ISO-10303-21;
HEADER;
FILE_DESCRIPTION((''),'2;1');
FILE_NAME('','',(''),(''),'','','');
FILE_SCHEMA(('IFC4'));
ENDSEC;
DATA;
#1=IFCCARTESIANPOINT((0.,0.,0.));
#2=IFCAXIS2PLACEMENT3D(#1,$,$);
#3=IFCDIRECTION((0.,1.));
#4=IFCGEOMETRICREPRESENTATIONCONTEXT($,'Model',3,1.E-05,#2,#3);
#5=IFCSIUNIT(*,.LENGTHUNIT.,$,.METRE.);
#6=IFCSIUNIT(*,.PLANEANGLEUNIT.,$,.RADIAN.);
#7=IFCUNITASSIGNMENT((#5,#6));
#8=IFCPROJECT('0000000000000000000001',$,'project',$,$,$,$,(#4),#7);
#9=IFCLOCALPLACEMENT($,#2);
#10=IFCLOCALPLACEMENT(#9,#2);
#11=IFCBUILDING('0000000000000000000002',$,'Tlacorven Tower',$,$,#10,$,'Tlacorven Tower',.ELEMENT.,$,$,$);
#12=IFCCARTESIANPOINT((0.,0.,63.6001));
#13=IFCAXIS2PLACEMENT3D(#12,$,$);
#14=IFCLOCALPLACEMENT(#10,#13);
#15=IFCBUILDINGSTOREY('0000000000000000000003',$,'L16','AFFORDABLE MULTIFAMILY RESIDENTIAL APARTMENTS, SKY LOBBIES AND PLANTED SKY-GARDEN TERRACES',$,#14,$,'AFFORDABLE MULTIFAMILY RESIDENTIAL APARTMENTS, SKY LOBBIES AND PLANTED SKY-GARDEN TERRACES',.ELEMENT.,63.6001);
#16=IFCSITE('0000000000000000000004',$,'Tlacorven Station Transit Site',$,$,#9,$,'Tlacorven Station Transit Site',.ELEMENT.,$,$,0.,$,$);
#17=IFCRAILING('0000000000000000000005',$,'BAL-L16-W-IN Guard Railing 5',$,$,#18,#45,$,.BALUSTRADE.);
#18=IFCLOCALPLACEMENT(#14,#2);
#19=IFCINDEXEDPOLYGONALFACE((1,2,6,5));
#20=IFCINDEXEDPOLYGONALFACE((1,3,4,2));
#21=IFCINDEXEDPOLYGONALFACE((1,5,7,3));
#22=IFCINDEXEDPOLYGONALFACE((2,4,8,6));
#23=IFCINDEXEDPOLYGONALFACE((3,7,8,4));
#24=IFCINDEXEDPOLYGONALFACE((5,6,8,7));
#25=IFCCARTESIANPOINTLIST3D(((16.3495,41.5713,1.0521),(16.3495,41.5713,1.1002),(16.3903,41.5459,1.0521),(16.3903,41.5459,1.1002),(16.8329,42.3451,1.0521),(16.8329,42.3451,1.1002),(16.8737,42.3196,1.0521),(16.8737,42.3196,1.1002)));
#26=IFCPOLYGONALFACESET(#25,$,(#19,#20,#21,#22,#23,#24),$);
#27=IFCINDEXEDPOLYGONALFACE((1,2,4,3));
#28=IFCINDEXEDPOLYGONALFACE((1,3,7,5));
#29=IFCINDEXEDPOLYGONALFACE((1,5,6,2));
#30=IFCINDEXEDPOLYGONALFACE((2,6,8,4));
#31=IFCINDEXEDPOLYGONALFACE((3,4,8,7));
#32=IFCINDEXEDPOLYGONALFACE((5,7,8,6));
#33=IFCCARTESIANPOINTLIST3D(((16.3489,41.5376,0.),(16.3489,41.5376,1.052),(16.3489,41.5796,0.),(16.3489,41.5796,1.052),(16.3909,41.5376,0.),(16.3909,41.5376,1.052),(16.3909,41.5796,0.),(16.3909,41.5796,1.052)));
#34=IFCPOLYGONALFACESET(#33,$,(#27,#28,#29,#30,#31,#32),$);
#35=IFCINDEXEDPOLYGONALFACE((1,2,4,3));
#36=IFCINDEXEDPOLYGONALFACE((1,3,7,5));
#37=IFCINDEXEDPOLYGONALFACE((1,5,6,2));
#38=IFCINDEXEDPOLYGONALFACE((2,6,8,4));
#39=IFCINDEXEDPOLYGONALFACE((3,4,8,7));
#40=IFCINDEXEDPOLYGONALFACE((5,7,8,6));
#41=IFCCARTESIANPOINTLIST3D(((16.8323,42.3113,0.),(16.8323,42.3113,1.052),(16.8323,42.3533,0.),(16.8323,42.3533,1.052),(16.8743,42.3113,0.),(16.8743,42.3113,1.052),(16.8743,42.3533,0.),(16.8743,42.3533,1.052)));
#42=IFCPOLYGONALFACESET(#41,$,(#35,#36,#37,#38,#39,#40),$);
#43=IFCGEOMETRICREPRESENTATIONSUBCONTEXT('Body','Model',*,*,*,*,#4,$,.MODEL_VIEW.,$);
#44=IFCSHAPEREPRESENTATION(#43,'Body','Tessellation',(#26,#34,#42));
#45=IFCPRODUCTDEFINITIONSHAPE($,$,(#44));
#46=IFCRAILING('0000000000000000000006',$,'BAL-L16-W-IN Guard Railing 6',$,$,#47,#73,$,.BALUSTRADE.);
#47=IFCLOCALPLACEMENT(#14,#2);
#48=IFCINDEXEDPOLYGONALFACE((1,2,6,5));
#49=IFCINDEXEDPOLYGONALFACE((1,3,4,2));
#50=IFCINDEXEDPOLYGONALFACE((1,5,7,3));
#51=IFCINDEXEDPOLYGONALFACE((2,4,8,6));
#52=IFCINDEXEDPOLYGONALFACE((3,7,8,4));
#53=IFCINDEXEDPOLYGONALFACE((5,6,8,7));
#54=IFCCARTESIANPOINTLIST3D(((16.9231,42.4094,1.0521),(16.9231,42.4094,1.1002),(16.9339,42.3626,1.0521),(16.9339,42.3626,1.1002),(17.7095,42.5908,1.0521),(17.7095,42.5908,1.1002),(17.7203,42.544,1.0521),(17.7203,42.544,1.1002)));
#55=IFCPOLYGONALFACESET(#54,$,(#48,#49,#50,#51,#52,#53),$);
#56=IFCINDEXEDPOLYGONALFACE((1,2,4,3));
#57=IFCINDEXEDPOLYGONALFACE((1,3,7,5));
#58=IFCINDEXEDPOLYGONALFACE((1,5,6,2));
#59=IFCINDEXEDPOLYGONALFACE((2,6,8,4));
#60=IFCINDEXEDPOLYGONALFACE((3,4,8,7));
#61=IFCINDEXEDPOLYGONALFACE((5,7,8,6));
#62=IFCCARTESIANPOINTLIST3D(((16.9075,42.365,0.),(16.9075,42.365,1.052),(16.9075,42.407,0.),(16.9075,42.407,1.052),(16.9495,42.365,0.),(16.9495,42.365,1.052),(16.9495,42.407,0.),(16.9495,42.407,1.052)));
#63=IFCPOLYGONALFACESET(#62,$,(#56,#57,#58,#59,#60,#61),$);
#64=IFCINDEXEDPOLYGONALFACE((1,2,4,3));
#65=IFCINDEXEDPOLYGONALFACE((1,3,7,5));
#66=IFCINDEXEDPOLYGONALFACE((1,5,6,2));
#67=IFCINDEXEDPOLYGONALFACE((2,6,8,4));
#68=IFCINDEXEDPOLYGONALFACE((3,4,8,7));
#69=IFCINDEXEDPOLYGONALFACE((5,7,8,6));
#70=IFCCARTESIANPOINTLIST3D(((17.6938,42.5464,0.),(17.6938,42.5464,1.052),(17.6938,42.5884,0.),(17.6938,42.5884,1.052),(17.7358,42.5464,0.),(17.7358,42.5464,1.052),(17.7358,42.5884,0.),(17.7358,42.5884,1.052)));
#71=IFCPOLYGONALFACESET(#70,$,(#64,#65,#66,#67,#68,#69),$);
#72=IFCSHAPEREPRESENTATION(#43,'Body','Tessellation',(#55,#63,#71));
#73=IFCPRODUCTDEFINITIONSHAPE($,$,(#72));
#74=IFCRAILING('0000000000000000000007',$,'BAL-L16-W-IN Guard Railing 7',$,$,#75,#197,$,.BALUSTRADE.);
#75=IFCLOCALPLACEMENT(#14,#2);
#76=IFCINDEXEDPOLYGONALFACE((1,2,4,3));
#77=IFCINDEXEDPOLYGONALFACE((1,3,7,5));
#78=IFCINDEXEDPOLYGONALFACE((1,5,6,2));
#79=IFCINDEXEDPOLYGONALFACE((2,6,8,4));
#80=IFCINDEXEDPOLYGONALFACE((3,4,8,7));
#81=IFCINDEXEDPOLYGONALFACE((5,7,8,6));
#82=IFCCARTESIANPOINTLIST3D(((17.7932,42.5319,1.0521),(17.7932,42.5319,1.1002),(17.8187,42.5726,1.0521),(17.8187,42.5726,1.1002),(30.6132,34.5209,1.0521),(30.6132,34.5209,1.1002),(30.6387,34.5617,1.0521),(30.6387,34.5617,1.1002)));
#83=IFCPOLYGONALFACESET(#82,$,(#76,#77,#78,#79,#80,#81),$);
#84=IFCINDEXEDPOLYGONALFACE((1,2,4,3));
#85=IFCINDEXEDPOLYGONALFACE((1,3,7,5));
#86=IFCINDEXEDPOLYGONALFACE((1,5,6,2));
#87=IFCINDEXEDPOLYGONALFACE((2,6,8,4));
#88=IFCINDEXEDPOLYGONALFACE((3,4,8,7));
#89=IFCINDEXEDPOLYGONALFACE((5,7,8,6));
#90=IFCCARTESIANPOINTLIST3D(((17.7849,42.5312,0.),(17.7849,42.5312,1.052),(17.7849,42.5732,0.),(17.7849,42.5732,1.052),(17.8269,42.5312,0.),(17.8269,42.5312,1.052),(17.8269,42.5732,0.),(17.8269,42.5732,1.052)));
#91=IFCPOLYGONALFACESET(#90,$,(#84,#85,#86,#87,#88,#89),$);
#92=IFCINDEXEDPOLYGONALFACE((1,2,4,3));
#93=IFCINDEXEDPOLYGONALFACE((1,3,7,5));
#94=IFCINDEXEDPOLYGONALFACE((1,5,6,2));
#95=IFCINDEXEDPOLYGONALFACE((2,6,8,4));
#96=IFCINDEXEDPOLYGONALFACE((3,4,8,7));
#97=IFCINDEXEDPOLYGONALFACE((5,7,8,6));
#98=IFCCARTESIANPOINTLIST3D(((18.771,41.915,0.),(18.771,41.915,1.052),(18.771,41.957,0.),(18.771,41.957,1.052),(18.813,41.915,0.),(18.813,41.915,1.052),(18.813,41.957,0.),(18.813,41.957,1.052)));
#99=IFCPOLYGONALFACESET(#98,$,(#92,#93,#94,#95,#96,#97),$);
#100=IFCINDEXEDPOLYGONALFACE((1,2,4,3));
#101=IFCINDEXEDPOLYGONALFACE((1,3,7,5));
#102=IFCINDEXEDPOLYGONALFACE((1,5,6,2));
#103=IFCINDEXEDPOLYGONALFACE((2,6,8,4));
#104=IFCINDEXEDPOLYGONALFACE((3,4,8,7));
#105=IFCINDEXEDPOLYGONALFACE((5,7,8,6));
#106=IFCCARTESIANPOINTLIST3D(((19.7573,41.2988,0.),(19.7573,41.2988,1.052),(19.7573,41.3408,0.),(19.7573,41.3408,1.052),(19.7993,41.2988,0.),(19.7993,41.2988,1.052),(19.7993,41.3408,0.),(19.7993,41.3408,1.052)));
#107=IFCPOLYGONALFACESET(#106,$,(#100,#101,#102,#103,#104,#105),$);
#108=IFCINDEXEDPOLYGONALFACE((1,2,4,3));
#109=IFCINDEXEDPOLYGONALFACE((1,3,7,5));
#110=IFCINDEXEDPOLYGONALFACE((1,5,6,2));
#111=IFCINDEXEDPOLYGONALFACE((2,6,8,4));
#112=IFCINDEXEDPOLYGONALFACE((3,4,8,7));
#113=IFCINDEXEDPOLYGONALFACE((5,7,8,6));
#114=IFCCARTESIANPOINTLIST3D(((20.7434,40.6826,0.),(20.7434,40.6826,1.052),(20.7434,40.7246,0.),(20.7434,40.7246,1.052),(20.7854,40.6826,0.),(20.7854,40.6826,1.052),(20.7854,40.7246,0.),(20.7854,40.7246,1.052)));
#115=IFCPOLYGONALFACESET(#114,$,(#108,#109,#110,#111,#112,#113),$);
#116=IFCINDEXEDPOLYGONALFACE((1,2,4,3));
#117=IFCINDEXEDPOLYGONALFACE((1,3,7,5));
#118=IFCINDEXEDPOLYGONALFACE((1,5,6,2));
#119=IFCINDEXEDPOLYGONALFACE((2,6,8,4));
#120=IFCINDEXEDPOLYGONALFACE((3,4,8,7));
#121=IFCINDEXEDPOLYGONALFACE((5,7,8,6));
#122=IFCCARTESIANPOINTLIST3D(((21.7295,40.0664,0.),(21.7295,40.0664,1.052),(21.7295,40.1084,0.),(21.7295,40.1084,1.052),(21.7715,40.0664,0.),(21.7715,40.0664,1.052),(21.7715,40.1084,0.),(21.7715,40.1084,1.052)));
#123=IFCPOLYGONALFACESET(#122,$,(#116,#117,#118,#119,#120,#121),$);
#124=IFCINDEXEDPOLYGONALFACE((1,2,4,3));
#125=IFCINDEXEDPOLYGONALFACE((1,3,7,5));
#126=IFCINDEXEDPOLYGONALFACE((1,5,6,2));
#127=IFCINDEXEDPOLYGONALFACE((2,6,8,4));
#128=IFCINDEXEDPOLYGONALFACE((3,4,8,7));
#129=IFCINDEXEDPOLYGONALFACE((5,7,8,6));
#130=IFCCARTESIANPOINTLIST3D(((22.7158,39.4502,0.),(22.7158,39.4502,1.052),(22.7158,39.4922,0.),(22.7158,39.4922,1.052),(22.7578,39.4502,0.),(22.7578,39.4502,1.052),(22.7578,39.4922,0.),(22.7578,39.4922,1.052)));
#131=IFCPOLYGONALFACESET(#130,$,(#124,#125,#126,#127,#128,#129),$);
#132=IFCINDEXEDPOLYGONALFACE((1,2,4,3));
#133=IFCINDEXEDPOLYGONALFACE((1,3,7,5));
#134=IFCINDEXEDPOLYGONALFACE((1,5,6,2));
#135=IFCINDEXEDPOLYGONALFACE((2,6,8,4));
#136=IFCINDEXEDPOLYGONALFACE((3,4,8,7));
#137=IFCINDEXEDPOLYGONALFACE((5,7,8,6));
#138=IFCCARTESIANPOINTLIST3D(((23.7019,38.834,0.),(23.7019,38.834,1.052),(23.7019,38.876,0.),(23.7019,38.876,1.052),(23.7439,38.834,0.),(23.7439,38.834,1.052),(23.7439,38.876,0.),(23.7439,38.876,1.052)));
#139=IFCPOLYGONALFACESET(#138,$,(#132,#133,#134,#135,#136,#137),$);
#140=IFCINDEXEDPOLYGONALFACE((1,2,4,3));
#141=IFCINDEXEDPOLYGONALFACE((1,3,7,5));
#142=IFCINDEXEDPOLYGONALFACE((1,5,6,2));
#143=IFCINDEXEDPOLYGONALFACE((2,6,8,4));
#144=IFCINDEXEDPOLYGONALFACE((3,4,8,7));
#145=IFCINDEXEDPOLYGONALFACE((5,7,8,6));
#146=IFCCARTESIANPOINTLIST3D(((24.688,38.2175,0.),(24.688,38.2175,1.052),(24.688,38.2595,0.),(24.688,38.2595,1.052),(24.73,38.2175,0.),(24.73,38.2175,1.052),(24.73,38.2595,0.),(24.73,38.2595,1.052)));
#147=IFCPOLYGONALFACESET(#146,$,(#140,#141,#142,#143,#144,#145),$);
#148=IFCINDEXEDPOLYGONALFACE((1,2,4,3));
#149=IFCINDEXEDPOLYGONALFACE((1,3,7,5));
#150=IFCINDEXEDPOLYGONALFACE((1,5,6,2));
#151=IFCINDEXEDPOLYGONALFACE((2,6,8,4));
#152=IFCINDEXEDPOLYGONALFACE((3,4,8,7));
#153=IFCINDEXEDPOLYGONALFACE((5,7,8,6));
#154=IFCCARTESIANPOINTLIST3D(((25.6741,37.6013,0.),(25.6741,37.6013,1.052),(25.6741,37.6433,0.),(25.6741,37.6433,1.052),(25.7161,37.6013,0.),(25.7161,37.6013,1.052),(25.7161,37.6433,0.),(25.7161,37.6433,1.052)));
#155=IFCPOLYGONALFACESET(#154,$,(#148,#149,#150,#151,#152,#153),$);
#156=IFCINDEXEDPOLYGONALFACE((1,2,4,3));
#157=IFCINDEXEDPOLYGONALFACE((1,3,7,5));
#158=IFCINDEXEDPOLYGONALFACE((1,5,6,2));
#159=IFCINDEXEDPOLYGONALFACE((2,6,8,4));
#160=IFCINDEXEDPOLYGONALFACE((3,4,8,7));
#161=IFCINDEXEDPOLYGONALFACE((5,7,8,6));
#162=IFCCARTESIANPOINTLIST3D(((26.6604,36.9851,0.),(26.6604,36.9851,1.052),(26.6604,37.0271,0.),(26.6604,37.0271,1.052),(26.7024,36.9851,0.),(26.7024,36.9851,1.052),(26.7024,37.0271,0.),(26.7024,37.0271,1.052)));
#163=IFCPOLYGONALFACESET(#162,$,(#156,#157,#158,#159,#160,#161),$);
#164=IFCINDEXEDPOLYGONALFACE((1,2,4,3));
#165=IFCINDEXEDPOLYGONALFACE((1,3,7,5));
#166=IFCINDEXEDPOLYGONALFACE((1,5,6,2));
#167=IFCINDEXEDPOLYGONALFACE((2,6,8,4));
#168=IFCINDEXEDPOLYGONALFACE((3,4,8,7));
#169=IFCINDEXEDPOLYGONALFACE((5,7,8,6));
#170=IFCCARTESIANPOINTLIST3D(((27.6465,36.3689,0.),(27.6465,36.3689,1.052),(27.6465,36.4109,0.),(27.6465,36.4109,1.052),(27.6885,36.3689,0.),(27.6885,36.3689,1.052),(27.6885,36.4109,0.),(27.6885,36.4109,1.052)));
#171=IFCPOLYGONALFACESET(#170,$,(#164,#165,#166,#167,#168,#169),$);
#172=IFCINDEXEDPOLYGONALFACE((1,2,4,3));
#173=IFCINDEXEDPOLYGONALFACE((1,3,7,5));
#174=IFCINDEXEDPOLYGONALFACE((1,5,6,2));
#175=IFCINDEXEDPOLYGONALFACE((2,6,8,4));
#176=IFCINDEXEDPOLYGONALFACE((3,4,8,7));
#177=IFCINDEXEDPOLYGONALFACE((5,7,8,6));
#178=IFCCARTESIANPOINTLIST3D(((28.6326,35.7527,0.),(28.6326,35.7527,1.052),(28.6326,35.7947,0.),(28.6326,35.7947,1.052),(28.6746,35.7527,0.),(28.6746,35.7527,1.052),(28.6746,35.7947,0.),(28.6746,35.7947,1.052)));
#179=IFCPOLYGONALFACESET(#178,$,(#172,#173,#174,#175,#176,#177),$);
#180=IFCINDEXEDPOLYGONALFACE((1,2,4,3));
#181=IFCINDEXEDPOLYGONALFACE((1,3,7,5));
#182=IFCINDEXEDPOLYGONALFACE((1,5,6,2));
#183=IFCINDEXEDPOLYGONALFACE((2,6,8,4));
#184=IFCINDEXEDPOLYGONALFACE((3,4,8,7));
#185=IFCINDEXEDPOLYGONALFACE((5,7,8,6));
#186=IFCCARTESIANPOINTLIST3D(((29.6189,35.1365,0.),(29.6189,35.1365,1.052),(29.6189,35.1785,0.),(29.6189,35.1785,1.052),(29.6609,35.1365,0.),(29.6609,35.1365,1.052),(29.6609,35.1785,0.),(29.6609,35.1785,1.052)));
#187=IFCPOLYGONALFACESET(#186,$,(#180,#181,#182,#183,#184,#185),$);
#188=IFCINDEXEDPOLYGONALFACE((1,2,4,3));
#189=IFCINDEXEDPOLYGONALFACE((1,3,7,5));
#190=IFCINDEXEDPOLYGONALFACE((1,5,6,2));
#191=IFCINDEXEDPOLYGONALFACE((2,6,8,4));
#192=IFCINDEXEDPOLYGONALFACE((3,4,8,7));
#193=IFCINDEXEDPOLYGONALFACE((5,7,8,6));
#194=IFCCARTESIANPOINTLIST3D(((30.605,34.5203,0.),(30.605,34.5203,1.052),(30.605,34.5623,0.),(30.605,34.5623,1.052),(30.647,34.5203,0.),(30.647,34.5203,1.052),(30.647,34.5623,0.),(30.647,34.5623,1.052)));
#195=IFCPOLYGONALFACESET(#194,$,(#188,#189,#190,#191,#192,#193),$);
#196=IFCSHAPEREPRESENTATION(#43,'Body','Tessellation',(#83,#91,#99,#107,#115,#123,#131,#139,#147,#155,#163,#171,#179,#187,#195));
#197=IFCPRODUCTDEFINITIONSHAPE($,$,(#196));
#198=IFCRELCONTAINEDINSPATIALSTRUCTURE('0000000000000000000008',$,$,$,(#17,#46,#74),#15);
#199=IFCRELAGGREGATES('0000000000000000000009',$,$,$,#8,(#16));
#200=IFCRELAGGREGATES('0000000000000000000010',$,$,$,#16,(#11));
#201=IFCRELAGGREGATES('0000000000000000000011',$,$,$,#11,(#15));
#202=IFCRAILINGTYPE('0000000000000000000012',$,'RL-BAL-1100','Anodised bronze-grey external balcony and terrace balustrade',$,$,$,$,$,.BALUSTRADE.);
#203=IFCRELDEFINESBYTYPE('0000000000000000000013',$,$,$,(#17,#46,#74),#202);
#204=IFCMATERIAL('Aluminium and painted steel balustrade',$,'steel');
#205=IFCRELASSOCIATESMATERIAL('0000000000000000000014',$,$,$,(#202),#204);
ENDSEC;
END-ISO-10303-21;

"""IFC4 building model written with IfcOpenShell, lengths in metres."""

from ifc_helpers import new_model, si_unit, direction, frame, origin, origin_2d, place, context, subcontext, project, spatial, rectangle, extrude, source, transform, mapped, material, type_object, element, save


model = new_model("IFC4")

# Units and contexts
model_context = context("Model", 3, precision=1e-05, world=origin(), true_north=direction((0.0, 1.0)))
body_context = subcontext(model_context, "Body", "Model", "MODEL_VIEW")
ifc_project = project(units=[si_unit("LENGTHUNIT", "METRE"), si_unit("PLANEANGLEUNIT", "RADIAN")], contexts=[model_context])

# Site, building, storey
site_placement = place(None, origin())
site = spatial("IfcSite", under=ifc_project, at=site_placement, Name="Tlacorven Station Transit Site", LongName="Tlacorven Station Transit Site", CompositionType="ELEMENT", RefElevation=0.0)
building_placement = place(site_placement, origin())
building = spatial("IfcBuilding", under=site, at=building_placement, Name="Tlacorven Tower", LongName="Tlacorven Tower", CompositionType="ELEMENT")
storey_placement = place(building_placement, frame((0.0, 0.0, 63.6001)))
storey = spatial("IfcBuildingStorey", under=building, at=storey_placement, Name="L16", Description="AFFORDABLE MULTIFAMILY RESIDENTIAL APARTMENTS, SKY LOBBIES AND PLANTED SKY-GARDEN TERRACES", LongName="AFFORDABLE MULTIFAMILY RESIDENTIAL APARTMENTS, SKY LOBBIES AND PLANTED SKY-GARDEN TERRACES", CompositionType="ELEMENT", Elevation=63.6001)

# Railings
ifc_material_1 = material(Name="Aluminium and painted steel balustrade", Category="steel")
railing_type = type_object("IfcRailingType", Name="RL-BAL-1100", Description="Anodised bronze-grey external balcony and terrace balustrade", PredefinedType="BALUSTRADE", material=ifc_material_1)
shared_shape_1 = source(origin(), body_context, "Body", "SweptSolid", [
    extrude(rectangle(XDim=0.0481, YDim=0.0481, at=origin_2d()), frame((0.0, 0.0, 1.0762), z_axis=(0.529879, 0.848073, 0.0), x_axis=(-0.848073, 0.529879, 0.0)), (0.0, 0.0, 1.0), 0.9124),
    extrude(rectangle(XDim=0.042, YDim=0.042, at=origin_2d()), origin(), (0.0, 0.0, 1.0), 1.052),
    extrude(rectangle(XDim=0.042, YDim=0.042, at=origin_2d()), frame((0.4834, 0.7737, 0.0)), (0.0, 0.0, 1.0), 1.052),
])
railing_1_placement = place(storey_placement, frame((16.3699, 41.5586, 0.0)))
element("IfcRailing", 1, at=railing_1_placement, inside=storey, type_object=railing_type, Name="BAL-L16-W-IN Guard Railing 5", PredefinedType="BALUSTRADE", context=body_context, shape_type="MappedRepresentation", body=[
    mapped(shared_shape_1, transform((0.0, 0.0, 0.0), scale=1.0)),
])
shared_shape_2 = source(origin(), body_context, "Body", "SweptSolid", [
    extrude(rectangle(XDim=0.0481, YDim=0.0481, at=origin_2d()), frame((0.0, 0.0, 1.0762), z_axis=(0.974412, 0.224771, 0.0), x_axis=(-0.224771, 0.974412, 0.0)), (0.0, 0.0, 1.0), 0.8071),
    extrude(rectangle(XDim=0.042, YDim=0.042, at=origin_2d()), origin(), (0.0, 0.0, 1.0), 1.052),
    extrude(rectangle(XDim=0.042, YDim=0.042, at=origin_2d()), frame((0.7864, 0.1814, 0.0)), (0.0, 0.0, 1.0), 1.052),
])
railing_2_placement = place(storey_placement, frame((16.9285, 42.386, 0.0)))
element("IfcRailing", 2, at=railing_2_placement, inside=storey, type_object=railing_type, Name="BAL-L16-W-IN Guard Railing 6", PredefinedType="BALUSTRADE", context=body_context, shape_type="MappedRepresentation", body=[
    mapped(shared_shape_2, transform((0.0, 0.0, 0.0), scale=1.0)),
])
shared_shape_3 = source(origin(), body_context, "Body", "SweptSolid", [
    extrude(rectangle(XDim=0.0481, YDim=0.0481, at=origin_2d()), frame((0.0, 0.0, 1.0762), z_axis=(0.848045, -0.529925, 0.0), x_axis=(0.529925, 0.848045, 0.0)), (0.0, 0.0, 1.0), 15.1172),
    extrude(rectangle(XDim=0.042, YDim=0.042, at=origin_2d()), origin(), (0.0, 0.0, 1.0), 1.052),
    extrude(rectangle(XDim=0.042, YDim=0.042, at=origin_2d()), frame((0.9861, -0.6162, 0.0)), (0.0, 0.0, 1.0), 1.052),
    extrude(rectangle(XDim=0.042, YDim=0.042, at=origin_2d()), frame((1.9724, -1.2324, 0.0)), (0.0, 0.0, 1.0), 1.052),
    extrude(rectangle(XDim=0.042, YDim=0.042, at=origin_2d()), frame((2.9585, -1.8486, 0.0)), (0.0, 0.0, 1.0), 1.052),
    extrude(rectangle(XDim=0.042, YDim=0.042, at=origin_2d()), frame((3.9446, -2.4648, 0.0)), (0.0, 0.0, 1.0), 1.052),
    extrude(rectangle(XDim=0.042, YDim=0.042, at=origin_2d()), frame((4.9309, -3.0811, 0.0)), (0.0, 0.0, 1.0), 1.052),
    extrude(rectangle(XDim=0.042, YDim=0.042, at=origin_2d()), frame((5.917, -3.6973, 0.0)), (0.0, 0.0, 1.0), 1.052),
    extrude(rectangle(XDim=0.042, YDim=0.042, at=origin_2d()), frame((6.9031, -4.3137, 0.0)), (0.0, 0.0, 1.0), 1.052),
    extrude(rectangle(XDim=0.042, YDim=0.042, at=origin_2d()), frame((7.8892, -4.9299, 0.0)), (0.0, 0.0, 1.0), 1.052),
    extrude(rectangle(XDim=0.042, YDim=0.042, at=origin_2d()), frame((8.8755, -5.5461, 0.0)), (0.0, 0.0, 1.0), 1.052),
    extrude(rectangle(XDim=0.042, YDim=0.042, at=origin_2d()), frame((9.8616, -6.1624, 0.0)), (0.0, 0.0, 1.0), 1.052),
    extrude(rectangle(XDim=0.042, YDim=0.042, at=origin_2d()), frame((10.8477, -6.7786, 0.0)), (0.0, 0.0, 1.0), 1.052),
    extrude(rectangle(XDim=0.042, YDim=0.042, at=origin_2d()), frame((11.834, -7.3948, 0.0)), (0.0, 0.0, 1.0), 1.052),
    extrude(rectangle(XDim=0.042, YDim=0.042, at=origin_2d()), frame((12.8201, -8.011, 0.0)), (0.0, 0.0, 1.0), 1.052),
])
railing_3_placement = place(storey_placement, frame((17.8059, 42.5522, 0.0)))
element("IfcRailing", 3, at=railing_3_placement, inside=storey, type_object=railing_type, Name="BAL-L16-W-IN Guard Railing 7", PredefinedType="BALUSTRADE", context=body_context, shape_type="MappedRepresentation", body=[
    mapped(shared_shape_3, transform((0.0, 0.0, 0.0), scale=1.0)),
])

save(model, "model.ifc")
